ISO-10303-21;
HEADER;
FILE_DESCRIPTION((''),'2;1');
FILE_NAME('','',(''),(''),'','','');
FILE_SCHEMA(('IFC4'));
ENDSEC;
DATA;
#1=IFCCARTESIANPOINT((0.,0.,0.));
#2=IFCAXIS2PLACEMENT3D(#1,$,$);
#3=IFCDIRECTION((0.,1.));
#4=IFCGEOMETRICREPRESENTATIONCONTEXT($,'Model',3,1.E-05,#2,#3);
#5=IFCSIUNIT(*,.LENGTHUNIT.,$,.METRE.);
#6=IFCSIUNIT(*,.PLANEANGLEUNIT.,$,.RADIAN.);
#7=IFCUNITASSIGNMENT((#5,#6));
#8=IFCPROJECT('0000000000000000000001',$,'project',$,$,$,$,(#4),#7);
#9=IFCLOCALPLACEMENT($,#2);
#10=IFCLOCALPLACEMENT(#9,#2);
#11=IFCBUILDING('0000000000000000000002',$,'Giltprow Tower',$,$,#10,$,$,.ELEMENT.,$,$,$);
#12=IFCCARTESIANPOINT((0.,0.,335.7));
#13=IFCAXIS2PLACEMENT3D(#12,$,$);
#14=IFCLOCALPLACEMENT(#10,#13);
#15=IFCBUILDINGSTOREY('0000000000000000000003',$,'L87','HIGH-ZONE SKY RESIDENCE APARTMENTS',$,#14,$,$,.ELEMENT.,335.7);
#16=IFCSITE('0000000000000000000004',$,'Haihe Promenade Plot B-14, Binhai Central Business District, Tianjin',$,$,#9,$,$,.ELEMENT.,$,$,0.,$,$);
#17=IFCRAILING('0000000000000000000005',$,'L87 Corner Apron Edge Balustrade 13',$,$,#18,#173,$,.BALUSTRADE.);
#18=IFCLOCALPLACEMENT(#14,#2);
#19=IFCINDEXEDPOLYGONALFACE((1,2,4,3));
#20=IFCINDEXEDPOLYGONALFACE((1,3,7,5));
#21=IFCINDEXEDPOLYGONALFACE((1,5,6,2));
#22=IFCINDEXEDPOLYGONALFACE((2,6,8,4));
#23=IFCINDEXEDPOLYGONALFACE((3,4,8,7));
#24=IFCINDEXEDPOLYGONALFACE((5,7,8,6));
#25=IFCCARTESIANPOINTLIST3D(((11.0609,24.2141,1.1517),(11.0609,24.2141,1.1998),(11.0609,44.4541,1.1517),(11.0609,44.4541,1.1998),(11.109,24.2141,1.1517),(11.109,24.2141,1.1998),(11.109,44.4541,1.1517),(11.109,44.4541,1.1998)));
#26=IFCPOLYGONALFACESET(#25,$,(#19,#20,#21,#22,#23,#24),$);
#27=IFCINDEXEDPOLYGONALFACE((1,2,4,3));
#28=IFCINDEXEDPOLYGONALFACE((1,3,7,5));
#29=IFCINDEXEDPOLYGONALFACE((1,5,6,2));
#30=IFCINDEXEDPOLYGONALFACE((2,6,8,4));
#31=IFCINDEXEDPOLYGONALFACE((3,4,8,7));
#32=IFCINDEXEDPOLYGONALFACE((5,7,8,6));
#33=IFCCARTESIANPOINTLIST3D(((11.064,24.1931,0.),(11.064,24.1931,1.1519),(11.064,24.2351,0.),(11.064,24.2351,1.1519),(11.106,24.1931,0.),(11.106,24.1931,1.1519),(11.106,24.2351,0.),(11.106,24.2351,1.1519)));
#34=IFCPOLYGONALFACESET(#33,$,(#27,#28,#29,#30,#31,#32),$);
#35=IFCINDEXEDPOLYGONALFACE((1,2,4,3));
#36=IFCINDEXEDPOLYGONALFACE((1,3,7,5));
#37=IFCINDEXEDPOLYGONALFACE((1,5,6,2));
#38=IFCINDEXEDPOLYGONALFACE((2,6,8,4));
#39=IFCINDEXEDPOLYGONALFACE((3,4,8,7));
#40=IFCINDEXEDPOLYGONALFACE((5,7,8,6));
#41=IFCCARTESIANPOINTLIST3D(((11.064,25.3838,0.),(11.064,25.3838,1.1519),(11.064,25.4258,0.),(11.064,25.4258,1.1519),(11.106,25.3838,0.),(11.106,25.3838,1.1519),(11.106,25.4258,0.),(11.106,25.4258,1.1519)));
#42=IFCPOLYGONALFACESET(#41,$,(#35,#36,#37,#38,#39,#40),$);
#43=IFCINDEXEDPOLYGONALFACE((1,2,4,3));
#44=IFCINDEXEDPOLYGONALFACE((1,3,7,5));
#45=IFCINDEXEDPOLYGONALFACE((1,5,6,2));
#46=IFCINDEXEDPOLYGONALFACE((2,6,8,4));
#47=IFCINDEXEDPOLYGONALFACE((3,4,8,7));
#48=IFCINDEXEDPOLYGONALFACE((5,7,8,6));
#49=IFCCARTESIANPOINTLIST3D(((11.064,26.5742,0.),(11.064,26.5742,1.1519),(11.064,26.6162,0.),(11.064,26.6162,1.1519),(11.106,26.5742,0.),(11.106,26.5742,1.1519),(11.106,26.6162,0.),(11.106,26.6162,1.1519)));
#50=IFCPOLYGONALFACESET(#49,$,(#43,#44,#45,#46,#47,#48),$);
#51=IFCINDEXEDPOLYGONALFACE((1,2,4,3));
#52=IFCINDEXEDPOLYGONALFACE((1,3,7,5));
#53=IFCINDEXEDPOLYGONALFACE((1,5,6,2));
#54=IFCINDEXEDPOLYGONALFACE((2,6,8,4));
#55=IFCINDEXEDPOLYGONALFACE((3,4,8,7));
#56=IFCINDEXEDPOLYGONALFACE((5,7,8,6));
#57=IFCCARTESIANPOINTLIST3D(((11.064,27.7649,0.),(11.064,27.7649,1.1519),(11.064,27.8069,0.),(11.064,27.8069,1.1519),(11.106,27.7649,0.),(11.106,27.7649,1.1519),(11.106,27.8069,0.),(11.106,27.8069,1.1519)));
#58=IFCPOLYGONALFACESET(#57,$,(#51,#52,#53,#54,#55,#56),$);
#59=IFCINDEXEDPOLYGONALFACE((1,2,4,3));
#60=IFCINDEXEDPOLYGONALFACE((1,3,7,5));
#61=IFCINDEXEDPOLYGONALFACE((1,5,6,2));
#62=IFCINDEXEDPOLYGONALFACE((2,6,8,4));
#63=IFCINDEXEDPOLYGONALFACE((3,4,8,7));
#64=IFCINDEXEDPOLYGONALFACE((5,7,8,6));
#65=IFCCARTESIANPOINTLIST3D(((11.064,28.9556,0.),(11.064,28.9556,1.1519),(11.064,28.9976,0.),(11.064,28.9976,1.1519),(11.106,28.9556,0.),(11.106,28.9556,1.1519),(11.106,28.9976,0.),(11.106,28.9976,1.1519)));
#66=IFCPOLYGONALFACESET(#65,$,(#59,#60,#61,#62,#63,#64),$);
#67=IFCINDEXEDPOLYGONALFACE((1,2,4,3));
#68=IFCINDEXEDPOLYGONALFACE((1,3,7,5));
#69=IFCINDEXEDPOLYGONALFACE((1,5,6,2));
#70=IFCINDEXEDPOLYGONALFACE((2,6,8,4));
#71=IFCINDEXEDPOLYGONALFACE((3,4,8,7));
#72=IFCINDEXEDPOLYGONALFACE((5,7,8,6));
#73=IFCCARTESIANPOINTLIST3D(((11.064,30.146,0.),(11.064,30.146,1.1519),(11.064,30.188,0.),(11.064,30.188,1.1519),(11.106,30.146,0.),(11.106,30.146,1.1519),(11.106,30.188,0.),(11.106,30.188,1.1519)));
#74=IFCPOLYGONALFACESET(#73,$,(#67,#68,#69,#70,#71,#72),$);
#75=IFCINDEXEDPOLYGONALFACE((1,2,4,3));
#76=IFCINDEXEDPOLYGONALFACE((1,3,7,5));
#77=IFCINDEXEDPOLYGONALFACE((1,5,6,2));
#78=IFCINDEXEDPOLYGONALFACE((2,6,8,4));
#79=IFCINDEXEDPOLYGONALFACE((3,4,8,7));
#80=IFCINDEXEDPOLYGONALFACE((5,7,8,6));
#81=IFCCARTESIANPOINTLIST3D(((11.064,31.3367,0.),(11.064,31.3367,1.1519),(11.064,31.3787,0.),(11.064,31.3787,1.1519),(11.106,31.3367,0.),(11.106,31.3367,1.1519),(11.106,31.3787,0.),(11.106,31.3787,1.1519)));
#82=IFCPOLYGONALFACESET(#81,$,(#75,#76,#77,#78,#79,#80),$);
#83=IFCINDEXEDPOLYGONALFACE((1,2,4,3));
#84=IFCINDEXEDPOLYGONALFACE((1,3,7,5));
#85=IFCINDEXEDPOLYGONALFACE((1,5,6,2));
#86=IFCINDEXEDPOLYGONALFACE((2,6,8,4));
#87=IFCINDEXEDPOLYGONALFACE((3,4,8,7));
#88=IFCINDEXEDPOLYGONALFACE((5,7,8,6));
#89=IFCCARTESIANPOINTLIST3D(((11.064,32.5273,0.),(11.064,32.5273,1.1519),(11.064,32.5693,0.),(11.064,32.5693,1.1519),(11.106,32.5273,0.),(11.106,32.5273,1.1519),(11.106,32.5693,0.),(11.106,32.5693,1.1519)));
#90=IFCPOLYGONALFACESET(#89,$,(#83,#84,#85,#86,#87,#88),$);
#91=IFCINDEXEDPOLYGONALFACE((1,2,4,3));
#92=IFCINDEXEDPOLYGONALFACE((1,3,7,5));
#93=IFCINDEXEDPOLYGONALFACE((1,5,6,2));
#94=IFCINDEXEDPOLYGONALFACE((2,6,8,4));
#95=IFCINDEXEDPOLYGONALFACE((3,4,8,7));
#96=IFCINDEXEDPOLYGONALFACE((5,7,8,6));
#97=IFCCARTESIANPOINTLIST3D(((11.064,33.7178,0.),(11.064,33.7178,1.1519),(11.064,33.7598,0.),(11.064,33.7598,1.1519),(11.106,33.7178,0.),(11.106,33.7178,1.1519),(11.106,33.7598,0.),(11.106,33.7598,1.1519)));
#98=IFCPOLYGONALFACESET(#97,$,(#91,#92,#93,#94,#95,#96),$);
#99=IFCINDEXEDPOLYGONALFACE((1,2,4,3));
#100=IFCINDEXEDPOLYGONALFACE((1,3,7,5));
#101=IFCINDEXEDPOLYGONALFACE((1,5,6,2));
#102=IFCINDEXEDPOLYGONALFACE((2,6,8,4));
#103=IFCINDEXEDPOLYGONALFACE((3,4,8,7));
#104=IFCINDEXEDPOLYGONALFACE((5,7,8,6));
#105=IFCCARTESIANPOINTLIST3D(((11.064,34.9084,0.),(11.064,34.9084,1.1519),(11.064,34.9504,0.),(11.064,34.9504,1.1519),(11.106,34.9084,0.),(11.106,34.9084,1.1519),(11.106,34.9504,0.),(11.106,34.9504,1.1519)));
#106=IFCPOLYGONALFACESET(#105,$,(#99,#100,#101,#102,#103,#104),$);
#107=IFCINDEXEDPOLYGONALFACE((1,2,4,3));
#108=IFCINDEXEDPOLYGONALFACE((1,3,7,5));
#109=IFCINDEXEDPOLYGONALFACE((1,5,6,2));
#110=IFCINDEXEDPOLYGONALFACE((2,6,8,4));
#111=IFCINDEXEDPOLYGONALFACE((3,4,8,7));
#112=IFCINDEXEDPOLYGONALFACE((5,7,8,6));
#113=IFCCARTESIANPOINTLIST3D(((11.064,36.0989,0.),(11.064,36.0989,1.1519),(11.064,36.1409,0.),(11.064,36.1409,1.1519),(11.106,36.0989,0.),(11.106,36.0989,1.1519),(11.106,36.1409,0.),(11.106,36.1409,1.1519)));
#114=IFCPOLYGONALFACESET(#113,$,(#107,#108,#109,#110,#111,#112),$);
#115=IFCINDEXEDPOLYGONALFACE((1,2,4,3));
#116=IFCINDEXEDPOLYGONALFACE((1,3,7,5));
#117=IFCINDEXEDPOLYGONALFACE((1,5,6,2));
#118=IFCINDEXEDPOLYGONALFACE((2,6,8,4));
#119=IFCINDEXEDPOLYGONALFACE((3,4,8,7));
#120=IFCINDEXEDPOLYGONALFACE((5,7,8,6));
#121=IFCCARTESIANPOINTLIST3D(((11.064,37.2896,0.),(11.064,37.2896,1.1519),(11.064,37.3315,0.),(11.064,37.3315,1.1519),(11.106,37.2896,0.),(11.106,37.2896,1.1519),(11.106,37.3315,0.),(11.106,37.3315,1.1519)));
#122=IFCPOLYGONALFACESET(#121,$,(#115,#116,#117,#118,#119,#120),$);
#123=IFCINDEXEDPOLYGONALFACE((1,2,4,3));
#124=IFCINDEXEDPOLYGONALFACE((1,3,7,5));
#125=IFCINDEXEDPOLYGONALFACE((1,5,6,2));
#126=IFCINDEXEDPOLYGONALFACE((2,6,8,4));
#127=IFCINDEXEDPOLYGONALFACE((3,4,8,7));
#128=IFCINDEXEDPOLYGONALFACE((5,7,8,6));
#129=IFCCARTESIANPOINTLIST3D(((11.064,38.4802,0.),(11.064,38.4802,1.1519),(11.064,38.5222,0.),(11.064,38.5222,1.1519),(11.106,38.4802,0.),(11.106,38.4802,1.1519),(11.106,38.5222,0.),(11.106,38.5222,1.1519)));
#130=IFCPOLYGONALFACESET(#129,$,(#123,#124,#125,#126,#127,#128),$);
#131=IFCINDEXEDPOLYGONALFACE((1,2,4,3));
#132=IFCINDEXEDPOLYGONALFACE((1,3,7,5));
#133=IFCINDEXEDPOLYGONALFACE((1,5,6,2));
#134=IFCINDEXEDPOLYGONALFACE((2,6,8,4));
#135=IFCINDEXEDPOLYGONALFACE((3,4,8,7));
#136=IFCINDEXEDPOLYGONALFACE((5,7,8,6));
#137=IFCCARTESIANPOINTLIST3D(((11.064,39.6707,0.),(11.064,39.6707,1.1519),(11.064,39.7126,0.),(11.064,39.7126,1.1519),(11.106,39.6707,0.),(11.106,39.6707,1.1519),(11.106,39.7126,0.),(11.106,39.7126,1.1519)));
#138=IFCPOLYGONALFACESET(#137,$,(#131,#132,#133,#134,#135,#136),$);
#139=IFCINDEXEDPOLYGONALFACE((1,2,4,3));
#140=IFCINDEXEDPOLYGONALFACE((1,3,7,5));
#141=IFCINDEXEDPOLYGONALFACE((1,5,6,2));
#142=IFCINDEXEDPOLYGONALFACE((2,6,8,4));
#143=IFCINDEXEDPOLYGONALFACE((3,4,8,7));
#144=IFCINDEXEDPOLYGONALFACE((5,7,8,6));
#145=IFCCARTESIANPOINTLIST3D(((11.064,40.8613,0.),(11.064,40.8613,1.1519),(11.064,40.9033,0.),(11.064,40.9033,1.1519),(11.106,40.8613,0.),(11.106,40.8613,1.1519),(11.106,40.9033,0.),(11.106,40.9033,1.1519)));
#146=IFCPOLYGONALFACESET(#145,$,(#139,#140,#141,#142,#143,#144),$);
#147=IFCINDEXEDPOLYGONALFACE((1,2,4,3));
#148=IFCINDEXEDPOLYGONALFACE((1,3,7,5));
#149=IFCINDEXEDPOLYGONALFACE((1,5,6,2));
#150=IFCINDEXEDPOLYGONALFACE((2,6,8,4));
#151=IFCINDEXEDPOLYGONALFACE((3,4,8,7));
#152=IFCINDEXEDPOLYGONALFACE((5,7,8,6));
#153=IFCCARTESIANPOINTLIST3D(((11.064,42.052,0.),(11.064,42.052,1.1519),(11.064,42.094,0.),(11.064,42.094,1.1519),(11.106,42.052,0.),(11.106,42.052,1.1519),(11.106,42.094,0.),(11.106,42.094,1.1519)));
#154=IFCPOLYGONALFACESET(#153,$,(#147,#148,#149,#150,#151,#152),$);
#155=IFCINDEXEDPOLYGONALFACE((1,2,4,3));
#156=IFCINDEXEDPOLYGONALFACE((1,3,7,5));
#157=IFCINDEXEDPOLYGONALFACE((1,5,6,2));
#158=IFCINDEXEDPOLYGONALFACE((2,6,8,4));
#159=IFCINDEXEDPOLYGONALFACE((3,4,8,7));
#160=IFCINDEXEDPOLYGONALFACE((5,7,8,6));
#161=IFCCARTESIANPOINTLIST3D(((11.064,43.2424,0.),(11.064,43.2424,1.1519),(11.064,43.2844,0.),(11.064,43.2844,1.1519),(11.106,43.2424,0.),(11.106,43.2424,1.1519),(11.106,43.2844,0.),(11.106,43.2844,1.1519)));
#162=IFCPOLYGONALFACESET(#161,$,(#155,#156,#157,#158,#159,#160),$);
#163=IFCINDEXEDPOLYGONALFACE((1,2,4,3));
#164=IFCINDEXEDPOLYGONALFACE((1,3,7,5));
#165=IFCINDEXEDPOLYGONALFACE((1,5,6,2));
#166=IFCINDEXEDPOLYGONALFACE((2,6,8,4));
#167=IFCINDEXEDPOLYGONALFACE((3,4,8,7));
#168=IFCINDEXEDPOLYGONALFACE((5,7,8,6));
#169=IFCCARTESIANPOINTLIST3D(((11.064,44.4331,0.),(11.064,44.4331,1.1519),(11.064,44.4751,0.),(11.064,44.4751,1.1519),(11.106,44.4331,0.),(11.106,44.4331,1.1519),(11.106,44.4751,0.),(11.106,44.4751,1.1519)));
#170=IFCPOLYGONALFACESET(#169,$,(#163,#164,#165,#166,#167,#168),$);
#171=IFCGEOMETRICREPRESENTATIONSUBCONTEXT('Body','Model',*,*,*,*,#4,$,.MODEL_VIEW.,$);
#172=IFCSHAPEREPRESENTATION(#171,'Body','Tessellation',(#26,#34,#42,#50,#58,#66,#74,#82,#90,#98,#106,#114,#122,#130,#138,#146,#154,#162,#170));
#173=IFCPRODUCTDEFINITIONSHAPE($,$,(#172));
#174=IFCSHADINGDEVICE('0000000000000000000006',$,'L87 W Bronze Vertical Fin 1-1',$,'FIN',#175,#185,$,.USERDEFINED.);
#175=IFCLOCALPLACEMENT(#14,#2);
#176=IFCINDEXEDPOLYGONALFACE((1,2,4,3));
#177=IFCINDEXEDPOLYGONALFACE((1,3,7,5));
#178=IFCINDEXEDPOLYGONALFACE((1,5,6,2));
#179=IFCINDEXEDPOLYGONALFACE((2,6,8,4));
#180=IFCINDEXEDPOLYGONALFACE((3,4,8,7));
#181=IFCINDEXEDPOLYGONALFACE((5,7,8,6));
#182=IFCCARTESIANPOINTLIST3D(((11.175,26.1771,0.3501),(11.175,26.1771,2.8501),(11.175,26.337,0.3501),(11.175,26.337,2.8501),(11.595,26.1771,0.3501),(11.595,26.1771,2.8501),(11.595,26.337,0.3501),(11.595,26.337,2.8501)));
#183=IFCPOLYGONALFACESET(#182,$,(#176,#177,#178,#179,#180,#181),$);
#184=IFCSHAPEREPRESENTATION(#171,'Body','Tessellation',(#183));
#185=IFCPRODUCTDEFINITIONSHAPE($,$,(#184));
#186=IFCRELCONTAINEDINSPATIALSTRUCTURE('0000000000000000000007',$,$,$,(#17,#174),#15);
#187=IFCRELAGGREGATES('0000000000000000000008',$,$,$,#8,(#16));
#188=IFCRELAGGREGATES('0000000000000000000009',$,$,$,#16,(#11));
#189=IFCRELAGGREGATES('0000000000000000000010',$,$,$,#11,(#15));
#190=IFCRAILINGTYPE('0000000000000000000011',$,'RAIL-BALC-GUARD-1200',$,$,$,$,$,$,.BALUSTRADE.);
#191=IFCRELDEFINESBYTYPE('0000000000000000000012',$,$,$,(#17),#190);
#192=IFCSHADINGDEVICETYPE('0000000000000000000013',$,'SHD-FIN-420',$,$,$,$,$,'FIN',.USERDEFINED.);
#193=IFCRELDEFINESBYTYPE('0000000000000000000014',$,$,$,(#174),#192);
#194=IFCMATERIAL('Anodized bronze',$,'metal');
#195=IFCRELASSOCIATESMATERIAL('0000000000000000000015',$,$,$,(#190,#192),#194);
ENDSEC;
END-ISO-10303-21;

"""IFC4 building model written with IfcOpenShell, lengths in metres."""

from ifc_helpers import new_model, si_unit, direction, frame, origin, origin_2d, place, context, subcontext, project, spatial, rectangle, extrude, source, transform, mapped, material, type_object, element, save


model = new_model("IFC4")

# Units and contexts
model_context = context("Model", 3, precision=1e-05, world=origin(), true_north=direction((0.0, 1.0)))
body_context = subcontext(model_context, "Body", "Model", "MODEL_VIEW")
ifc_project = project(units=[si_unit("LENGTHUNIT", "METRE"), si_unit("PLANEANGLEUNIT", "RADIAN")], contexts=[model_context])

# Site, building, storey
site_placement = place(None, origin())
site = spatial("IfcSite", under=ifc_project, at=site_placement, Name="Haihe Promenade Plot B-14, Binhai Central Business District, Tianjin", CompositionType="ELEMENT", RefElevation=0.0)
building_placement = place(site_placement, origin())
building = spatial("IfcBuilding", under=site, at=building_placement, Name="Giltprow Tower", CompositionType="ELEMENT")
storey_placement = place(building_placement, frame((0.0, 0.0, 335.7)))
storey = spatial("IfcBuildingStorey", under=building, at=storey_placement, Name="L87", Description="HIGH-ZONE SKY RESIDENCE APARTMENTS", CompositionType="ELEMENT", Elevation=335.7)

# Railing
ifc_material_1 = material(Name="Anodized bronze", Category="metal")
railing_type = type_object("IfcRailingType", Name="RAIL-BALC-GUARD-1200", PredefinedType="BALUSTRADE", material=ifc_material_1)
railing_1_placement = place(storey_placement, frame((11.085, 24.2141, 0.0)))
element("IfcRailing", 1, at=railing_1_placement, inside=storey, type_object=railing_type, Name="L87 Corner Apron Edge Balustrade 13", PredefinedType="BALUSTRADE", context=body_context, shape_type="SweptSolid", body=[
    extrude(rectangle(XDim=0.0481, YDim=0.0481, at=origin_2d()), frame((0.0, 0.0, 1.1758), z_axis=(0.0, 1.0, 0.0), x_axis=(-1.0, 0.0, 0.0)), (0.0, 0.0, 1.0), 20.24),
    extrude(rectangle(XDim=0.042, YDim=0.042, at=origin_2d()), origin(), (0.0, 0.0, 1.0), 1.1519),
    extrude(rectangle(XDim=0.042, YDim=0.042, at=origin_2d()), frame((0.0, 1.1907, 0.0)), (0.0, 0.0, 1.0), 1.1519),
    extrude(rectangle(XDim=0.042, YDim=0.042, at=origin_2d()), frame((0.0, 2.3811, 0.0)), (0.0, 0.0, 1.0), 1.1519),
    extrude(rectangle(XDim=0.042, YDim=0.042, at=origin_2d()), frame((0.0, 3.5718, 0.0)), (0.0, 0.0, 1.0), 1.1519),
    extrude(rectangle(XDim=0.042, YDim=0.042, at=origin_2d()), frame((0.0, 4.7625, 0.0)), (0.0, 0.0, 1.0), 1.1519),
    extrude(rectangle(XDim=0.042, YDim=0.042, at=origin_2d()), frame((0.0, 5.9529, 0.0)), (0.0, 0.0, 1.0), 1.1519),
    extrude(rectangle(XDim=0.042, YDim=0.042, at=origin_2d()), frame((0.0, 7.1436, 0.0)), (0.0, 0.0, 1.0), 1.1519),
    extrude(rectangle(XDim=0.042, YDim=0.042, at=origin_2d()), frame((0.0, 8.3342, 0.0)), (0.0, 0.0, 1.0), 1.1519),
    extrude(rectangle(XDim=0.042, YDim=0.042, at=origin_2d()), frame((0.0, 9.5247, 0.0)), (0.0, 0.0, 1.0), 1.1519),
    extrude(rectangle(XDim=0.042, YDim=0.042, at=origin_2d()), frame((0.0, 10.7153, 0.0)), (0.0, 0.0, 1.0), 1.1519),
    extrude(rectangle(XDim=0.042, YDim=0.042, at=origin_2d()), frame((0.0, 11.9058, 0.0)), (0.0, 0.0, 1.0), 1.1519),
    extrude(rectangle(XDim=0.042, YDim=0.042, at=origin_2d()), frame((0.0, 13.0964, 0.0)), (0.0, 0.0, 1.0), 1.1519),
    extrude(rectangle(XDim=0.042, YDim=0.042, at=origin_2d()), frame((0.0, 14.2871, 0.0)), (0.0, 0.0, 1.0), 1.1519),
    extrude(rectangle(XDim=0.042, YDim=0.042, at=origin_2d()), frame((0.0, 15.4775, 0.0)), (0.0, 0.0, 1.0), 1.1519),
    extrude(rectangle(XDim=0.042, YDim=0.042, at=origin_2d()), frame((0.0, 16.6682, 0.0)), (0.0, 0.0, 1.0), 1.1519),
    extrude(rectangle(XDim=0.042, YDim=0.042, at=origin_2d()), frame((0.0, 17.8589, 0.0)), (0.0, 0.0, 1.0), 1.1519),
    extrude(rectangle(XDim=0.042, YDim=0.042, at=origin_2d()), frame((0.0, 19.0493, 0.0)), (0.0, 0.0, 1.0), 1.1519),
    extrude(rectangle(XDim=0.042, YDim=0.042, at=origin_2d()), frame((0.0, 20.24, 0.0)), (0.0, 0.0, 1.0), 1.1519),
])

# Shading device
shading_device_type = type_object("IfcShadingDeviceType", Name="SHD-FIN-420", ElementType="FIN", PredefinedType="USERDEFINED", material=ifc_material_1)
shared_shape_1 = source(origin(), body_context, "Body", "SweptSolid", [
    extrude(rectangle(XDim=0.4199, YDim=0.1599, at=origin_2d()), origin(), (0.0, 0.0, 1.0), 2.5),
])
shading_device_placement = place(storey_placement, frame((11.385, 26.2571, 0.3501), z_axis=(0.0, 0.0, 1.0), x_axis=(1.0, 0.0, 0.0)))
element("IfcShadingDevice", 2, at=shading_device_placement, inside=storey, type_object=shading_device_type, Name="L87 W Bronze Vertical Fin 1-1", ObjectType="FIN", PredefinedType="USERDEFINED", context=body_context, shape_type="MappedRepresentation", body=[
    mapped(shared_shape_1, transform((0.0, 0.0, 0.0), x_axis=(1.0, 0.0, 0.0), y_axis=(0.0, 1.0, 0.0), z_axis=(0.0, 0.0, 1.0), scale=1.0)),
])

save(model, "model.ifc")
